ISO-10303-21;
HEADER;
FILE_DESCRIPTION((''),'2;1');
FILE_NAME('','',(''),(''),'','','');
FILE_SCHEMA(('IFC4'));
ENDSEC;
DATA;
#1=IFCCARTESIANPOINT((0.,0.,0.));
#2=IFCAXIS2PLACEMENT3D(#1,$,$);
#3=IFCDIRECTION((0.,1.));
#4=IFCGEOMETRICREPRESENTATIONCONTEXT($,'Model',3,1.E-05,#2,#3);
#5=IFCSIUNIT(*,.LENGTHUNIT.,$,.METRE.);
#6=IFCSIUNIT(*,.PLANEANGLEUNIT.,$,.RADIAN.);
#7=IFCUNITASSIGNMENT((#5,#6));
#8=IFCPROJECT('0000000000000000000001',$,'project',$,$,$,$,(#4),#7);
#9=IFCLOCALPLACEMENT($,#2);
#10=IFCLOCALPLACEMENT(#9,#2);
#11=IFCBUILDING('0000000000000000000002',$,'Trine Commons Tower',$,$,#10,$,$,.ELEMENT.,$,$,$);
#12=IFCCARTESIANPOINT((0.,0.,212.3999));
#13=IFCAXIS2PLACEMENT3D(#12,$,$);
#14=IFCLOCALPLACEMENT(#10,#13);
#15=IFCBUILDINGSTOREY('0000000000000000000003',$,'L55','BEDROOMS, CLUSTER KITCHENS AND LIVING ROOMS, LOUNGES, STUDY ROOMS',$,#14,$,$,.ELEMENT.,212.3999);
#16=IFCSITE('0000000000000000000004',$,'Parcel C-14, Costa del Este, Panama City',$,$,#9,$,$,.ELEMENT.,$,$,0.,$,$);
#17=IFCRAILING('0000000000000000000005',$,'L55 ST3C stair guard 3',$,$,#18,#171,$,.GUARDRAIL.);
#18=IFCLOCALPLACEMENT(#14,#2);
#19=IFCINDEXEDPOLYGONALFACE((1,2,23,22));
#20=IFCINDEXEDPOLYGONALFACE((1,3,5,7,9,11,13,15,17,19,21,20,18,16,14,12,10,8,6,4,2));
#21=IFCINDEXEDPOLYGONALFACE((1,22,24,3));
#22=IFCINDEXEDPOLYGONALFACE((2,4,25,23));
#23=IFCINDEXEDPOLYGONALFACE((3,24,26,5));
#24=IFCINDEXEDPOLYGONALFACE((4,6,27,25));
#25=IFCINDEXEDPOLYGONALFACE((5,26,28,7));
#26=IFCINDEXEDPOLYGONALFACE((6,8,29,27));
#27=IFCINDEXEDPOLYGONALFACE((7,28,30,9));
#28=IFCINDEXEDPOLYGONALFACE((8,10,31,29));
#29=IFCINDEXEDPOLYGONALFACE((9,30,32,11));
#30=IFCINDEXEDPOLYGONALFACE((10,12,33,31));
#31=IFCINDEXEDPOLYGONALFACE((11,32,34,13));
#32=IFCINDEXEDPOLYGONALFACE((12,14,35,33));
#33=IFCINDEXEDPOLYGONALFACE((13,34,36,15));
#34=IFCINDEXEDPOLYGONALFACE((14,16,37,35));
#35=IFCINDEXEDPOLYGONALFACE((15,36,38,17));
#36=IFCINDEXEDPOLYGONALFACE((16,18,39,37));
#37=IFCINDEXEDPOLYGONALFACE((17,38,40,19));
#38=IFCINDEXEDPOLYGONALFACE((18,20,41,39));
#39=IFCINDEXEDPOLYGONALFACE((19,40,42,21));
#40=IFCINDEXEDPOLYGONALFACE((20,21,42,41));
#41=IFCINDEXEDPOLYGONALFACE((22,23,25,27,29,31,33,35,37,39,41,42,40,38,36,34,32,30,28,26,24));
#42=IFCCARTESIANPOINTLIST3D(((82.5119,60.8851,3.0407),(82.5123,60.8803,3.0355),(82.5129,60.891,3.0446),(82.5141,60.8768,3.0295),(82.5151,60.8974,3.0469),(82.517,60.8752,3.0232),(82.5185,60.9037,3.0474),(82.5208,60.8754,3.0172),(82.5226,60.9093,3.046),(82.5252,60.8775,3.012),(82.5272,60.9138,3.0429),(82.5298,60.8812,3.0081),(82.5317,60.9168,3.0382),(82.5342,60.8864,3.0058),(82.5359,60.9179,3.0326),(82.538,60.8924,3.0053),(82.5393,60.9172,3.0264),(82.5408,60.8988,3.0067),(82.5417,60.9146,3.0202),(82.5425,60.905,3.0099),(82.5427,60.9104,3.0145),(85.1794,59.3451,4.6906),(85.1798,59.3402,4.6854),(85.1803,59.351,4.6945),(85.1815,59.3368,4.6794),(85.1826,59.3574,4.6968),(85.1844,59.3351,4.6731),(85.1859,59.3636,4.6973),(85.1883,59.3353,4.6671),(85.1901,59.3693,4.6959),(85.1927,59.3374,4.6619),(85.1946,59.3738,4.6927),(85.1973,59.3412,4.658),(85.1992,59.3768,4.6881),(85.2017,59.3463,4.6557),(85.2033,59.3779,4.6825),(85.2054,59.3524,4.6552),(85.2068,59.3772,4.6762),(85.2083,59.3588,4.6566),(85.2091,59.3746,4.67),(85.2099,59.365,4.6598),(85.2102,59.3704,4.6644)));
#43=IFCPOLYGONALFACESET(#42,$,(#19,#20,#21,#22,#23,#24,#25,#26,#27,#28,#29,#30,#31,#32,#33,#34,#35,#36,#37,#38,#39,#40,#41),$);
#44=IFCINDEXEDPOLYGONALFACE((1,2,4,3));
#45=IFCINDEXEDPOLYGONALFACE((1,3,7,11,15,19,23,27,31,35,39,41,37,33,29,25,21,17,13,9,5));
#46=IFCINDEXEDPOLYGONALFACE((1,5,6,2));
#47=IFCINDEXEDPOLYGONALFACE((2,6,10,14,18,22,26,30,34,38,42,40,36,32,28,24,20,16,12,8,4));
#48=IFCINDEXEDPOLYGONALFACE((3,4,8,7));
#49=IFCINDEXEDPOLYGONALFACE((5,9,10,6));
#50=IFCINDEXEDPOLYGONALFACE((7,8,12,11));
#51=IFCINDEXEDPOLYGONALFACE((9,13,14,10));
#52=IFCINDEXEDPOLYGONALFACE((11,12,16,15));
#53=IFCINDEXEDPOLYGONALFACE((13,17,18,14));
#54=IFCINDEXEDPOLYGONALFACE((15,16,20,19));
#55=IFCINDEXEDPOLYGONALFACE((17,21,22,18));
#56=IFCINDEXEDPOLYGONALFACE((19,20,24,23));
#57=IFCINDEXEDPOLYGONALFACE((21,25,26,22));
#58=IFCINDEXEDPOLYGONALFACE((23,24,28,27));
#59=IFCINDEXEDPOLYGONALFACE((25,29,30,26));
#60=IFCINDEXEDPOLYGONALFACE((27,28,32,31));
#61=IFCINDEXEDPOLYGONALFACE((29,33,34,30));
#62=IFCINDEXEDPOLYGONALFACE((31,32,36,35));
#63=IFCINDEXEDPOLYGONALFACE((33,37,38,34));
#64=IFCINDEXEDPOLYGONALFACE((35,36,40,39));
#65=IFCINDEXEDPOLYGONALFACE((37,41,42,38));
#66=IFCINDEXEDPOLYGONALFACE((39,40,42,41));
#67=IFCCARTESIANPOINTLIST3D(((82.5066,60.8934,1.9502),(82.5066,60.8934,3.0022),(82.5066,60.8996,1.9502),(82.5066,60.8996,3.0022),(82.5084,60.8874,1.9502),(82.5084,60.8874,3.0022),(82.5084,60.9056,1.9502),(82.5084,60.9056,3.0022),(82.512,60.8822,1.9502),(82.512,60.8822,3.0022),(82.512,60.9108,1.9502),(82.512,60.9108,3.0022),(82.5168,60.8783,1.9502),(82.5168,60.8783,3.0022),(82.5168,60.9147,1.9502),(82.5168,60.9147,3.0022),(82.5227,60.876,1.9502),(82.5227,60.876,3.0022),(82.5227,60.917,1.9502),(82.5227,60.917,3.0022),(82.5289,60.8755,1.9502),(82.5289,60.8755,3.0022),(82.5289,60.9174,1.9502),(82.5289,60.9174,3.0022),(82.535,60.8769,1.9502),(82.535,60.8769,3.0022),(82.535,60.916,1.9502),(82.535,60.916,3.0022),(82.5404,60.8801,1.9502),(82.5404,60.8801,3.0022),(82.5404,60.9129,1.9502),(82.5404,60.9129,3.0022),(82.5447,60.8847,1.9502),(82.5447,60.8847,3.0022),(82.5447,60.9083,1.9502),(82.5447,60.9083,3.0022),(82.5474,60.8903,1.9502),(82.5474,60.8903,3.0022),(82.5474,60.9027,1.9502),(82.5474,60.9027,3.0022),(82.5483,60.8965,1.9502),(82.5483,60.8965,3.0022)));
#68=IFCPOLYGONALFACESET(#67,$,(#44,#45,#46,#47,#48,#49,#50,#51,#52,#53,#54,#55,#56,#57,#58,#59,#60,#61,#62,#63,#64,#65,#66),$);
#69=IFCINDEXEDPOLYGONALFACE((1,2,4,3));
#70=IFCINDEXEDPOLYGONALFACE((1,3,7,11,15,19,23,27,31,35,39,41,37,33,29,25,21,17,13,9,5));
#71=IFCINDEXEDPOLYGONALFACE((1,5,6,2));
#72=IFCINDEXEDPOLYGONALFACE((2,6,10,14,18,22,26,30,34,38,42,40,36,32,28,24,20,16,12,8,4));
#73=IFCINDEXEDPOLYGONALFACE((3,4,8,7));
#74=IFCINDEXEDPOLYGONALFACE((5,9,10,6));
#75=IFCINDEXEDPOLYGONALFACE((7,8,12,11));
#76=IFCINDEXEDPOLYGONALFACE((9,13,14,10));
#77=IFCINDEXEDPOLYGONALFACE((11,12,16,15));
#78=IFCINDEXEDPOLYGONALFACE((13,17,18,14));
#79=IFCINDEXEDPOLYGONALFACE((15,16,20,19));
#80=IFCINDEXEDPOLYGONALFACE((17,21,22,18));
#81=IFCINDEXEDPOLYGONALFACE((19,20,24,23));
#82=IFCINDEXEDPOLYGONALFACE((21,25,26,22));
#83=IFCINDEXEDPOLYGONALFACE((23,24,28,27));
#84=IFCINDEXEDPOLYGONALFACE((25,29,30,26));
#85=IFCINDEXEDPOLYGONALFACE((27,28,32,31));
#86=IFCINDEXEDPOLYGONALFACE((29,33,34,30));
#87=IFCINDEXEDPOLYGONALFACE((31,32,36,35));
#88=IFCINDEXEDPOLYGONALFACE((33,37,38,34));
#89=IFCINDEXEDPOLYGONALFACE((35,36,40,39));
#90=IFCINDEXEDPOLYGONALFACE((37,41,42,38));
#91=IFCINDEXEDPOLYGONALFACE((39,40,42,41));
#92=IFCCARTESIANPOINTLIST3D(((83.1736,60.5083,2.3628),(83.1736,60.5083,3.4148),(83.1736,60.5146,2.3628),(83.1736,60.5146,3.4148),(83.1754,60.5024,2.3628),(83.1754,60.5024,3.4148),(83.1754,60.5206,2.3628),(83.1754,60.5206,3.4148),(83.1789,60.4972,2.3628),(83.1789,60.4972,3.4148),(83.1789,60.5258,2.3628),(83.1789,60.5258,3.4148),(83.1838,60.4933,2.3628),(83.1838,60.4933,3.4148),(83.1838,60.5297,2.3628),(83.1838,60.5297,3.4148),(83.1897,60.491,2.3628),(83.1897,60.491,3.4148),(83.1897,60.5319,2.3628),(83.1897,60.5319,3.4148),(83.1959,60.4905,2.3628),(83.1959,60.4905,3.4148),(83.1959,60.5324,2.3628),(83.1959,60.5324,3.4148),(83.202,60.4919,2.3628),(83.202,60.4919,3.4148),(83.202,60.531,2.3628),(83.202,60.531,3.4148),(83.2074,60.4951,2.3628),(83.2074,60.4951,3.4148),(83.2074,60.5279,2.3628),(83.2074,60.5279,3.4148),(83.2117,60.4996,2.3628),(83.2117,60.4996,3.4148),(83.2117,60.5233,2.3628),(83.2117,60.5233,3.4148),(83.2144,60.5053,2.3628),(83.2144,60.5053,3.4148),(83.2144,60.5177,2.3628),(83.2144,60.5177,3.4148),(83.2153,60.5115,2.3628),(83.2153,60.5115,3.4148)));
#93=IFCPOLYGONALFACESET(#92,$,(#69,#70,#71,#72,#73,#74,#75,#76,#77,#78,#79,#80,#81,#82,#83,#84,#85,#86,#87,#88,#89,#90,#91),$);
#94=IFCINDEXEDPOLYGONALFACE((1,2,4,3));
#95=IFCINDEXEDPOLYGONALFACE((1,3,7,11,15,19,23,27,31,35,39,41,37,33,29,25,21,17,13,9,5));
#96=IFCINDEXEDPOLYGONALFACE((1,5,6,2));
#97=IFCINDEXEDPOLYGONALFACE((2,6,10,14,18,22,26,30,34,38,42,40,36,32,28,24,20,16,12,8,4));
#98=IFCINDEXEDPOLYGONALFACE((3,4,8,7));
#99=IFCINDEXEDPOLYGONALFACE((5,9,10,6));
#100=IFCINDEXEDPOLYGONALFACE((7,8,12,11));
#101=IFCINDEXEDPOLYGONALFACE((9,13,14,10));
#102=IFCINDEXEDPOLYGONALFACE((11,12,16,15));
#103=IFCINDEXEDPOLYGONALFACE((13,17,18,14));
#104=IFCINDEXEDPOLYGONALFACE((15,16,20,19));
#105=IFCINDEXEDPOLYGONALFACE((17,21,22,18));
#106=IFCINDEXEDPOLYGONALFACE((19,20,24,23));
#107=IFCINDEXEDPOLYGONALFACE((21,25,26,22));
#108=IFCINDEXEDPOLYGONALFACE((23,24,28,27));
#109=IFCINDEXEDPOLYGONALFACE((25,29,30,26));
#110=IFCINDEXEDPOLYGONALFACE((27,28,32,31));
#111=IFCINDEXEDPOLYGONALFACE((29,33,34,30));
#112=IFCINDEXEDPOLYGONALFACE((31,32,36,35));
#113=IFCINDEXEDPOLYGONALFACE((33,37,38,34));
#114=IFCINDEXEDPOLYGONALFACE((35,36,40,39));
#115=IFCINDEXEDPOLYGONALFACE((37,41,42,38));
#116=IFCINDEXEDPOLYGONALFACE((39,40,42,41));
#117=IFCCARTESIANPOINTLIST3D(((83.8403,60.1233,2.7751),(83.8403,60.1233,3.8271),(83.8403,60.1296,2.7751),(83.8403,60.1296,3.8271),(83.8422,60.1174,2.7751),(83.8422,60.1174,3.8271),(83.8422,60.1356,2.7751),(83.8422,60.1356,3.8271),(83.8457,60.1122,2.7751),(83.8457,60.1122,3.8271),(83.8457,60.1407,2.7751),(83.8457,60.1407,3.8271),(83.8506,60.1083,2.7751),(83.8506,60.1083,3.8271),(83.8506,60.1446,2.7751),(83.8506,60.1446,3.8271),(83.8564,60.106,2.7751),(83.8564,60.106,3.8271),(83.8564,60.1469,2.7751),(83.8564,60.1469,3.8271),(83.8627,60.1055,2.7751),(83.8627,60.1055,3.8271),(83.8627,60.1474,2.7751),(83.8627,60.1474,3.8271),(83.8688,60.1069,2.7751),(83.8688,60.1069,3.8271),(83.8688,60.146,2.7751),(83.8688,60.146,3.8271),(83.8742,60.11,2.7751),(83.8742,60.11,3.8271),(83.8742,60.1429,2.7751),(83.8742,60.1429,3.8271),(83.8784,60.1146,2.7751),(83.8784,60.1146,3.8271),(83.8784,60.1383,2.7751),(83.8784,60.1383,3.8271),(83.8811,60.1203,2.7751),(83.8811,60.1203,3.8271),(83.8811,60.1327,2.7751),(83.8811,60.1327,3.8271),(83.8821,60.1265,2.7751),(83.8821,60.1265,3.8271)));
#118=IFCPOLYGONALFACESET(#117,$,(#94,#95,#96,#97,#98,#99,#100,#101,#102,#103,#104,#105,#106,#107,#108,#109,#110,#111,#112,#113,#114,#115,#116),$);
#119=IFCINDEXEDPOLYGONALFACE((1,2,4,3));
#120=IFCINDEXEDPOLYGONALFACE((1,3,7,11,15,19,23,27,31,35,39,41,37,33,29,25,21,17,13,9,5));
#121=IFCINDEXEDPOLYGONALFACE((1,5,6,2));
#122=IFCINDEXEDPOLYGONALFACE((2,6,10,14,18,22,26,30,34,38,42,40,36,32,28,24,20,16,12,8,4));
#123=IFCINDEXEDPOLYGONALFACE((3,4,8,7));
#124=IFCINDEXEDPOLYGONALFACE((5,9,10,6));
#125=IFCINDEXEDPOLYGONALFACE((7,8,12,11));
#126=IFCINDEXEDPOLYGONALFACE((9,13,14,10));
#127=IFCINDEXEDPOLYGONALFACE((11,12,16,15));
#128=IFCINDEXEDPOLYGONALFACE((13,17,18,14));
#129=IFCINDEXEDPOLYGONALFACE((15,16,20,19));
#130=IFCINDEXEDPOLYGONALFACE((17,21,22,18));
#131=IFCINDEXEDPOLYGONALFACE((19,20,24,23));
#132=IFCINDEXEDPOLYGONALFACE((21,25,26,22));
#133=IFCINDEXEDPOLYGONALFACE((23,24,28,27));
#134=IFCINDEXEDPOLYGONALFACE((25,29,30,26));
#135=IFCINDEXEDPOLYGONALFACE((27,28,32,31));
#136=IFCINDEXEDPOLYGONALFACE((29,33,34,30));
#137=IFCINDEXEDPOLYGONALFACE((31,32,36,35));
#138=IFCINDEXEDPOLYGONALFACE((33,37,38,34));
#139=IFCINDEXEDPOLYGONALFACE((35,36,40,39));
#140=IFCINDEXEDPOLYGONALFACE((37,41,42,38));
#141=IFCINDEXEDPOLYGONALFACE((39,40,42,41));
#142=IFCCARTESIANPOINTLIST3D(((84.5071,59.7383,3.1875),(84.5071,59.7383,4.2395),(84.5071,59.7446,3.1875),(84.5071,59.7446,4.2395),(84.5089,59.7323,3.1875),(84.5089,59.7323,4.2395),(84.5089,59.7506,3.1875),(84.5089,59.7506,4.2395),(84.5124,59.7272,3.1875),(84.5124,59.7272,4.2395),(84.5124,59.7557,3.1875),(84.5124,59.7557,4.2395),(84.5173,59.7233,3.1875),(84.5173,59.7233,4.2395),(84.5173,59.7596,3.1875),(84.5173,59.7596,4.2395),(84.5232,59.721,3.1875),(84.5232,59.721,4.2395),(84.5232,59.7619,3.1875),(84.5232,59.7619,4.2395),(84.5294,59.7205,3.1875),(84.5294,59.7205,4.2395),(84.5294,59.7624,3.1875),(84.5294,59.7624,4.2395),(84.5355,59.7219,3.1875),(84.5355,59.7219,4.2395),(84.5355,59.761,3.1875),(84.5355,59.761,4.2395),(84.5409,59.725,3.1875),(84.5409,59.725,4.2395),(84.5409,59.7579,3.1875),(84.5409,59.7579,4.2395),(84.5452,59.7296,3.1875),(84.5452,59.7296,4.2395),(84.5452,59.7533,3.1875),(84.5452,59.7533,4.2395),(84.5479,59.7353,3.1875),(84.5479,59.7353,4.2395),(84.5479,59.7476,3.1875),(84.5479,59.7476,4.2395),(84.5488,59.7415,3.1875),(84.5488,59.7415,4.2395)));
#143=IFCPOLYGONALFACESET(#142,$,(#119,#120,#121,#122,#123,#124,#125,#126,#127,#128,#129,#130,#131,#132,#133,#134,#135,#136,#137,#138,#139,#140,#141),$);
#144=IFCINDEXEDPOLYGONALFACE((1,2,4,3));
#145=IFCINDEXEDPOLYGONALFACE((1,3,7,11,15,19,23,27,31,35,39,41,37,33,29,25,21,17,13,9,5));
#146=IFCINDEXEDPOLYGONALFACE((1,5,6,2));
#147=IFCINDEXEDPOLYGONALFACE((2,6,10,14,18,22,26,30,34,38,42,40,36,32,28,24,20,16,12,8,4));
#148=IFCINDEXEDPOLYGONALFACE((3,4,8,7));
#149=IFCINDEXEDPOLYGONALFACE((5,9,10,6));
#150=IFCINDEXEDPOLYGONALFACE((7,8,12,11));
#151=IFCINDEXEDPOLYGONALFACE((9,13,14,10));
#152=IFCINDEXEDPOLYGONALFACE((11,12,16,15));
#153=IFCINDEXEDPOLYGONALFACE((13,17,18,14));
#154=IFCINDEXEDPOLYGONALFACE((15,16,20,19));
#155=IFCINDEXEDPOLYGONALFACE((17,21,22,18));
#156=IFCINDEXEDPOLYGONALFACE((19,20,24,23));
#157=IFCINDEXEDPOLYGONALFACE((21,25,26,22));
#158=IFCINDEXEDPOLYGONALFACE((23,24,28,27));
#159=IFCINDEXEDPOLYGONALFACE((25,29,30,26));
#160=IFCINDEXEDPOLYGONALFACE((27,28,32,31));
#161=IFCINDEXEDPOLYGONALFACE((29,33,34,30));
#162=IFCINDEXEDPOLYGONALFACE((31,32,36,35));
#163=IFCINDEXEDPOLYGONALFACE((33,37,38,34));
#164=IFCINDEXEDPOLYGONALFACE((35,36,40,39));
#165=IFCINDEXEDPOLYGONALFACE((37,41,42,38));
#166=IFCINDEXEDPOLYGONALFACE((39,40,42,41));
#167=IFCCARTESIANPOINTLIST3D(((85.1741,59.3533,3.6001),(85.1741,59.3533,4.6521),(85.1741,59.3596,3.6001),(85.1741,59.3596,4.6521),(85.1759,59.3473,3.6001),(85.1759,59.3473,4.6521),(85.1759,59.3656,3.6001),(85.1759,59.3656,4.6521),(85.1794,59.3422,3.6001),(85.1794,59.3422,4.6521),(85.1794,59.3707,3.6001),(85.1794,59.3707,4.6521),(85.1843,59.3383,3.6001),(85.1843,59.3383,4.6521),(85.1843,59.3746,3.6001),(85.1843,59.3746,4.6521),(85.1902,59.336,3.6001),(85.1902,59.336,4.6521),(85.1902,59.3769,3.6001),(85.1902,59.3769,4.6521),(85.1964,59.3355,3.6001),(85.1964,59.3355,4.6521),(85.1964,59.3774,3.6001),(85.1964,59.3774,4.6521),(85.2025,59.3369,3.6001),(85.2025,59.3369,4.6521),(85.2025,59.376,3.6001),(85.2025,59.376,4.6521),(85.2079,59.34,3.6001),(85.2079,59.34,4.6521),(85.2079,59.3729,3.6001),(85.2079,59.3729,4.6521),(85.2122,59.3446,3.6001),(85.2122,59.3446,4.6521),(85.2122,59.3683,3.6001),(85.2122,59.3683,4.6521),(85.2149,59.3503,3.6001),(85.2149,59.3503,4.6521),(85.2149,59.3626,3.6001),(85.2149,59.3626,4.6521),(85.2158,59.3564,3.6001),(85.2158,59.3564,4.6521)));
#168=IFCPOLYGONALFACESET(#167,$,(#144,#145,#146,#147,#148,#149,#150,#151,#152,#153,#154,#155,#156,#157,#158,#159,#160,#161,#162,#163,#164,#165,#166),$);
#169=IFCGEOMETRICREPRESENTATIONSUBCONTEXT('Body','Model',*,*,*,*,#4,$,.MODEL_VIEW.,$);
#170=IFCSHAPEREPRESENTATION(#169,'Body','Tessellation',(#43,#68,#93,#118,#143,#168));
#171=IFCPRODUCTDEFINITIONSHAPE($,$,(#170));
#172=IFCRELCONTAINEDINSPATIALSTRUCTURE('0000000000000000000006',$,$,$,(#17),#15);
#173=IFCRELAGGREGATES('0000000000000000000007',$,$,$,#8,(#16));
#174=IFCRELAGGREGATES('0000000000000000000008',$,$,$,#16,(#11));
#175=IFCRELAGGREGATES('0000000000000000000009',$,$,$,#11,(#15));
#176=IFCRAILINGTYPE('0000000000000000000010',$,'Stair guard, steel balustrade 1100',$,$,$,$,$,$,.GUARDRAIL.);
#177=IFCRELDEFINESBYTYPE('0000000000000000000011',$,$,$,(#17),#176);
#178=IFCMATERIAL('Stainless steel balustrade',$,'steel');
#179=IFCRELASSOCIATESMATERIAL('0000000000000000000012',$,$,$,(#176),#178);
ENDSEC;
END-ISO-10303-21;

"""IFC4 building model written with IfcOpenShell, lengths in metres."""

from ifc_helpers import new_model, si_unit, direction, frame, origin, origin_2d, place, context, subcontext, project, spatial, circle, extrude, material, type_object, element, save


model = new_model("IFC4")

# Units and contexts
model_context = context("Model", 3, precision=1e-05, world=origin(), true_north=direction((0.0, 1.0)))
body_context = subcontext(model_context, "Body", "Model", "MODEL_VIEW")
ifc_project = project(units=[si_unit("LENGTHUNIT", "METRE"), si_unit("PLANEANGLEUNIT", "RADIAN")], contexts=[model_context])

# Site, building, storey
site_placement = place(None, origin())
site = spatial("IfcSite", under=ifc_project, at=site_placement, Name="Parcel C-14, Costa del Este, Panama City", CompositionType="ELEMENT", RefElevation=0.0)
building_placement = place(site_placement, origin())
building = spatial("IfcBuilding", under=site, at=building_placement, Name="Trine Commons Tower", CompositionType="ELEMENT")
storey_placement = place(building_placement, frame((0.0, 0.0, 212.3999)))
storey = spatial("IfcBuildingStorey", under=building, at=storey_placement, Name="L55", Description="BEDROOMS, CLUSTER KITCHENS AND LIVING ROOMS, LOUNGES, STUDY ROOMS", CompositionType="ELEMENT", Elevation=212.3999)

# Railing
ifc_material_1 = material(Name="Stainless steel balustrade", Category="steel")
railing_type_1 = type_object("IfcRailingType", Name="Stair guard, steel balustrade 1100", PredefinedType="GUARDRAIL", material=ifc_material_1)
railing_1_placement = place(storey_placement, frame((82.5273, 60.8965, 1.9502)))
element("IfcRailing", 1, at=railing_1_placement, inside=storey, type_object=railing_type_1, Name="L55 ST3C stair guard 3", PredefinedType="GUARDRAIL", context=body_context, shape_type="SweptSolid", body=[
    extrude(circle(Radius=0.0239, at=origin_2d()), frame((0.0, 0.0, 1.0762), z_axis=(0.763405, -0.440743, 0.472185), x_axis=(0.499992, 0.86603, 0.0)), (0.0, 0.0, 1.0), 3.4941),
    extrude(circle(Radius=0.021, at=origin_2d()), origin(), (0.0, 0.0, 1.0), 1.052),
    extrude(circle(Radius=0.021, at=origin_2d()), frame((0.667, -0.385, 0.4126)), (0.0, 0.0, 1.0), 1.052),
    extrude(circle(Radius=0.021, at=origin_2d()), frame((1.3337, -0.77, 0.825)), (0.0, 0.0, 1.0), 1.052),
    extrude(circle(Radius=0.021, at=origin_2d()), frame((2.0005, -1.155, 1.2373)), (0.0, 0.0, 1.0), 1.052),
    extrude(circle(Radius=0.021, at=origin_2d()), frame((2.6675, -1.54, 1.6499)), (0.0, 0.0, 1.0), 1.052),
])

save(model, "model.ifc")
